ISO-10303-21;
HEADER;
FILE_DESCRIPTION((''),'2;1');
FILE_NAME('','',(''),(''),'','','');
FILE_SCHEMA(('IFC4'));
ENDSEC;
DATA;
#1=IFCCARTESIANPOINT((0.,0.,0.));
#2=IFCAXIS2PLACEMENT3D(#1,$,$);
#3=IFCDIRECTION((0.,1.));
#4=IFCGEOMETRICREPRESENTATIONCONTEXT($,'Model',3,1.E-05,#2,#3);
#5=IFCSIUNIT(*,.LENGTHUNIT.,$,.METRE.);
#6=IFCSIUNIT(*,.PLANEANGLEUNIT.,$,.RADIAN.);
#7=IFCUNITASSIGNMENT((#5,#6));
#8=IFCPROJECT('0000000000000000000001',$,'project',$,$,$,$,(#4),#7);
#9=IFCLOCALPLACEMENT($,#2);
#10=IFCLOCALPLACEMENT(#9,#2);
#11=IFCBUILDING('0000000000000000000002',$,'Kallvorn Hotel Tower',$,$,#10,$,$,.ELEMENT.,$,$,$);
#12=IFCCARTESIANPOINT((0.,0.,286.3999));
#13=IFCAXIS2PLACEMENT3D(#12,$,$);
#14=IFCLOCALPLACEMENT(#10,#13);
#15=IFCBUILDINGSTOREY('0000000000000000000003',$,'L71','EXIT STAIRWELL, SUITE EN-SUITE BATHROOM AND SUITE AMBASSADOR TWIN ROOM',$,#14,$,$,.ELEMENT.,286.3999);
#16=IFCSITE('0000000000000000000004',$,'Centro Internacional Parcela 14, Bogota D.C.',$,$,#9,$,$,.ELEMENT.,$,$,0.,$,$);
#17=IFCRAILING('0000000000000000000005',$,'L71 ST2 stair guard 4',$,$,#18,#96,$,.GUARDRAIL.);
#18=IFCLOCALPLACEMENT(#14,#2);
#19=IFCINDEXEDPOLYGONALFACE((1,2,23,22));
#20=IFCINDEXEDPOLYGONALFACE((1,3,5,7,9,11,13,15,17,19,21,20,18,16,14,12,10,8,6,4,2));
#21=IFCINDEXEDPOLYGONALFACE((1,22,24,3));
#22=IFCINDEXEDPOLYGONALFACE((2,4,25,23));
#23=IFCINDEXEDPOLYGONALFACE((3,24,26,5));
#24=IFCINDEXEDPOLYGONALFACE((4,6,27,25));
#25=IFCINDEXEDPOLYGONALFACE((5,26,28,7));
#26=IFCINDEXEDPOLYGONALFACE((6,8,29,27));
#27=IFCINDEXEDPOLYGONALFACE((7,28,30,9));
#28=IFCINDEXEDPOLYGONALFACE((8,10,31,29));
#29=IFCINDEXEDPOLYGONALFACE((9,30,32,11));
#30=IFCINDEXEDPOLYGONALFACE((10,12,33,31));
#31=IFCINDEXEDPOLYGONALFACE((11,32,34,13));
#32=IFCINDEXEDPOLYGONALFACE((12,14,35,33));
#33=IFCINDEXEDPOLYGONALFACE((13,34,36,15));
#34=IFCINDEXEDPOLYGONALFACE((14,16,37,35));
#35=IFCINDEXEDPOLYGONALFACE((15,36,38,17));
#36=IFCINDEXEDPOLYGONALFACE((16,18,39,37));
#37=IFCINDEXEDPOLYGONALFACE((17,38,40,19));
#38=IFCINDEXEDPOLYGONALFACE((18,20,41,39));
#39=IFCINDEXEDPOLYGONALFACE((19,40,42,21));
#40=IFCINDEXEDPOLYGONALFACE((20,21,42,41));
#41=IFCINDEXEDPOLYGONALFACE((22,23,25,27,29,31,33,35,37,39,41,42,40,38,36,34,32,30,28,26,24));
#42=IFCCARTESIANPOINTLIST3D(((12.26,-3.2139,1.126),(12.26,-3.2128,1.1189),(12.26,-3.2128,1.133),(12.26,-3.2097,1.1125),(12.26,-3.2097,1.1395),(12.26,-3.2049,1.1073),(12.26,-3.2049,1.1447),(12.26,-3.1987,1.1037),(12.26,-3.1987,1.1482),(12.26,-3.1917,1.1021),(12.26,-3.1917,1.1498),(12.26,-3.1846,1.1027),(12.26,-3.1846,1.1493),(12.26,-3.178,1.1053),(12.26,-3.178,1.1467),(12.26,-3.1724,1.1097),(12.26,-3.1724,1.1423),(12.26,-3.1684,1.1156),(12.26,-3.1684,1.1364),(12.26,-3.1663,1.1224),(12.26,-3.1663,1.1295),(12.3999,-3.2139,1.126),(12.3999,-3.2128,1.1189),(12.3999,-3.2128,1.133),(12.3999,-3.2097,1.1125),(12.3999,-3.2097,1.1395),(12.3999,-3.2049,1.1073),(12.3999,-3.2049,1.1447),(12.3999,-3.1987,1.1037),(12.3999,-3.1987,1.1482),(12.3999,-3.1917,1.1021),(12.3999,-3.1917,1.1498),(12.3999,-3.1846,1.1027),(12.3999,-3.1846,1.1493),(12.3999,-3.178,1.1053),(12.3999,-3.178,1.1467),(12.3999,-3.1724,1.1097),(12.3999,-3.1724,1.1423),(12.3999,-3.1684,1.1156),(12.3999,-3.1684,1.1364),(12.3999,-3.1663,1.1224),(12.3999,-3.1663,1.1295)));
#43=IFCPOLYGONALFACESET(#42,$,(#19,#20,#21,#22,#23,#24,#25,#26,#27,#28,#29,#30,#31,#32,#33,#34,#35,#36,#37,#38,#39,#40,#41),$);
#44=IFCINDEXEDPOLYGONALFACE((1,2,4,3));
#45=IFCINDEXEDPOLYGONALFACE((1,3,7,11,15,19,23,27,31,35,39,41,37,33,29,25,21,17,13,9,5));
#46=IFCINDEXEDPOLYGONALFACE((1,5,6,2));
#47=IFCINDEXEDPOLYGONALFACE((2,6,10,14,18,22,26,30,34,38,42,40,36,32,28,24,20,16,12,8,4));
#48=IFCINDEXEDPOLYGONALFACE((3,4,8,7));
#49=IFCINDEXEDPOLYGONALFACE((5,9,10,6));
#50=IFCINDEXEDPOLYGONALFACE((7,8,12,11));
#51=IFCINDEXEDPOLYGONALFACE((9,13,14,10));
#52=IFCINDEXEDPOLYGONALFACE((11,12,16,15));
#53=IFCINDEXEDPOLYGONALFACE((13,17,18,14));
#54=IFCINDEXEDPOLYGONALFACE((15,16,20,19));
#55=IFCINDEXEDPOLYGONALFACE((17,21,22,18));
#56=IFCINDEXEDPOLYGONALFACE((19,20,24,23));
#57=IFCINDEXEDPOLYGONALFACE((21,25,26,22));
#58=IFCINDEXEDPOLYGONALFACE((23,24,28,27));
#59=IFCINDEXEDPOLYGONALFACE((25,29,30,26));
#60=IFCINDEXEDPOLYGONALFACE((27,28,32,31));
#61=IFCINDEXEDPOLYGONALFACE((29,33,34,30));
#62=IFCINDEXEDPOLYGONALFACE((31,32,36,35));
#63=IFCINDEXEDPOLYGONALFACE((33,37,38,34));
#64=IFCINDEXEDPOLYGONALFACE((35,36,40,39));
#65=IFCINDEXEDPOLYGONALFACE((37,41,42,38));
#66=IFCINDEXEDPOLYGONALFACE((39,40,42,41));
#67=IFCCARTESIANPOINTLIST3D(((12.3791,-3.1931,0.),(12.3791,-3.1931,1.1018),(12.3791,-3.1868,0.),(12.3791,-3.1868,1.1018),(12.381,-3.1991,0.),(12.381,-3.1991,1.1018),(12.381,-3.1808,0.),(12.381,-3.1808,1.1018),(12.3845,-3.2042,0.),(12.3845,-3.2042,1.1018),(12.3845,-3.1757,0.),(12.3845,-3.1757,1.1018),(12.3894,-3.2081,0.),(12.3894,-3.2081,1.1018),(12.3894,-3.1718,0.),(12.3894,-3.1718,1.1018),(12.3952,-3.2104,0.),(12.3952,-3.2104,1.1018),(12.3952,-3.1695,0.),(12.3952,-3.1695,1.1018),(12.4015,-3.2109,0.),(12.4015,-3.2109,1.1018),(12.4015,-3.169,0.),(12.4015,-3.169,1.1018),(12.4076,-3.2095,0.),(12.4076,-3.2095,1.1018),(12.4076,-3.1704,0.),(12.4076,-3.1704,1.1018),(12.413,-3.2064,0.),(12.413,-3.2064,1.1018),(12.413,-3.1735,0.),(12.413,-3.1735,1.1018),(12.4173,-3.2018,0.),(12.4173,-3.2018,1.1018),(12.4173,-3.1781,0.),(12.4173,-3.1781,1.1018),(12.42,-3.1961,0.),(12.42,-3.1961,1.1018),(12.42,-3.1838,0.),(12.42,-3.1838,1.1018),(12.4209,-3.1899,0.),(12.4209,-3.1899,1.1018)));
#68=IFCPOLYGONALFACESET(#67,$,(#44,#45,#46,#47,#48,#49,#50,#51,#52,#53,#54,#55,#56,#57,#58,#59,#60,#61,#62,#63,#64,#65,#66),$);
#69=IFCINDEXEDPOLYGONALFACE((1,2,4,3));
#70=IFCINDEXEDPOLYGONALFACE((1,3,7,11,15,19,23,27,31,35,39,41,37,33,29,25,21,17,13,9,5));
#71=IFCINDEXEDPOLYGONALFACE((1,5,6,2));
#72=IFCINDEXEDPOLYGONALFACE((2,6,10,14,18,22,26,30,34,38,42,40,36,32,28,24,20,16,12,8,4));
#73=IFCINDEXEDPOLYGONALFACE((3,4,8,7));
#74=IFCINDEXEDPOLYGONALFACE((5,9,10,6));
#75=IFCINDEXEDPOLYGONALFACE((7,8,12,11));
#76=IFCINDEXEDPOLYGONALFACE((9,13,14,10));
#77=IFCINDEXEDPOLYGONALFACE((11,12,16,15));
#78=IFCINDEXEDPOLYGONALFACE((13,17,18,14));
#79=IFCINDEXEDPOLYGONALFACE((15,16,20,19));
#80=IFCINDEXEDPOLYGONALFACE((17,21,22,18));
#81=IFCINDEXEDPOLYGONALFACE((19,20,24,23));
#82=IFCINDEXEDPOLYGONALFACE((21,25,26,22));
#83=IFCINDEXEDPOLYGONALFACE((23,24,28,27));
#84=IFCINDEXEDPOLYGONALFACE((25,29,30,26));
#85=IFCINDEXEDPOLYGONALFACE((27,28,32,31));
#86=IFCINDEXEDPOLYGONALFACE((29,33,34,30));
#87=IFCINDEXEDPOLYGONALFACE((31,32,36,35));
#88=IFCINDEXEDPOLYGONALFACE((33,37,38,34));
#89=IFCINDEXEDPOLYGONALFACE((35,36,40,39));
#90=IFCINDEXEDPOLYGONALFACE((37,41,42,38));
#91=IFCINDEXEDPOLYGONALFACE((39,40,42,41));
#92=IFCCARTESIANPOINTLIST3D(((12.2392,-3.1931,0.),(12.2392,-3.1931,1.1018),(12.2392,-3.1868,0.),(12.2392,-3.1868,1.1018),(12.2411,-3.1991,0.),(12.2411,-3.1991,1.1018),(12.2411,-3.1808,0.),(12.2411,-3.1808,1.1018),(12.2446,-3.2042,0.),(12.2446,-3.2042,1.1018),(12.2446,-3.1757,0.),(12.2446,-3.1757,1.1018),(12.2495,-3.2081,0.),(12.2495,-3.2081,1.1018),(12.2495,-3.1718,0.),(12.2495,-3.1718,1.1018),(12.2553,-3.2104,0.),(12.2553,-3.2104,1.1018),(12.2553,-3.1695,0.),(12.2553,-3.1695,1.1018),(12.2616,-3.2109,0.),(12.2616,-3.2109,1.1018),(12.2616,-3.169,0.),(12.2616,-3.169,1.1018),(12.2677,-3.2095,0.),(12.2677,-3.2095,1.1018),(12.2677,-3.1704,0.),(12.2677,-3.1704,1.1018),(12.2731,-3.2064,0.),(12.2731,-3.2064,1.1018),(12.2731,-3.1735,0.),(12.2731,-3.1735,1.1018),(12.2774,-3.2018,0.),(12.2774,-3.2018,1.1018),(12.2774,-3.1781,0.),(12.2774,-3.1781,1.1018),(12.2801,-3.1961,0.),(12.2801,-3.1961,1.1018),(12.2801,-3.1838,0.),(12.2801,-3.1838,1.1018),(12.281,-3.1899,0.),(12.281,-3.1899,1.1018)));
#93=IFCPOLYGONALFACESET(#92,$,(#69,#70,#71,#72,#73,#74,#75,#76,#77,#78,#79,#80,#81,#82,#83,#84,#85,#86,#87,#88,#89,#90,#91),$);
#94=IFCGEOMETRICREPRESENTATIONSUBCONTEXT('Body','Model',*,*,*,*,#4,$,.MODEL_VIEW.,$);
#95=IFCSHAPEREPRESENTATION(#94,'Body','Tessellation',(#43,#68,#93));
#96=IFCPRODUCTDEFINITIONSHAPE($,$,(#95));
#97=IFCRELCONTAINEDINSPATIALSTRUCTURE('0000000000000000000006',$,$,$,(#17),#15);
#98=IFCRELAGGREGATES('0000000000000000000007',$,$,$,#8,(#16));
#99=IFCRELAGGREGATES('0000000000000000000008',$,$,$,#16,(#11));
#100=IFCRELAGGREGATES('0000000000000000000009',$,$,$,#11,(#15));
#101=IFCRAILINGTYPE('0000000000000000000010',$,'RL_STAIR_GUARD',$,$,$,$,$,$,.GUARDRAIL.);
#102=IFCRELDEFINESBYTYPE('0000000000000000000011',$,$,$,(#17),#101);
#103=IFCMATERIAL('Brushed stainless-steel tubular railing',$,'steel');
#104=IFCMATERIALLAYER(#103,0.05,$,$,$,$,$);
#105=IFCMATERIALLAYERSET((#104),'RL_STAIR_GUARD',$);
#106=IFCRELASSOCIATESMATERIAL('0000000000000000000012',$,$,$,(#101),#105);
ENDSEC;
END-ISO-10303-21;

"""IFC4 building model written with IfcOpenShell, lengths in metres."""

from ifc_helpers import new_model, si_unit, direction, frame, origin, origin_2d, place, context, subcontext, project, spatial, circle, extrude, material, layer, layer_set, type_object, element, save


model = new_model("IFC4")

# Units and contexts
model_context = context("Model", 3, precision=1e-05, world=origin(), true_north=direction((0.0, 1.0)))
body_context = subcontext(model_context, "Body", "Model", "MODEL_VIEW")
ifc_project = project(units=[si_unit("LENGTHUNIT", "METRE"), si_unit("PLANEANGLEUNIT", "RADIAN")], contexts=[model_context])

# Site, building, storey
site_placement = place(None, origin())
site = spatial("IfcSite", under=ifc_project, at=site_placement, Name="Centro Internacional Parcela 14, Bogota D.C.", CompositionType="ELEMENT", RefElevation=0.0)
building_placement = place(site_placement, origin())
building = spatial("IfcBuilding", under=site, at=building_placement, Name="Kallvorn Hotel Tower", CompositionType="ELEMENT")
storey_placement = place(building_placement, frame((0.0, 0.0, 286.3999)))
storey = spatial("IfcBuildingStorey", under=building, at=storey_placement, Name="L71", Description="EXIT STAIRWELL, SUITE EN-SUITE BATHROOM AND SUITE AMBASSADOR TWIN ROOM", CompositionType="ELEMENT", Elevation=286.3999)

# Railing
ifc_material_1 = material(Name="Brushed stainless-steel tubular railing", Category="steel")
ifc_layer_1 = layer(ifc_material_1, 0.05)
ifc_layer_set_1 = layer_set([ifc_layer_1], Name="RL_STAIR_GUARD")
railing_type_1 = type_object("IfcRailingType", Name="RL_STAIR_GUARD", PredefinedType="GUARDRAIL", material=ifc_layer_set_1)
railing_1_placement = place(storey_placement, frame((12.3999, -3.1899, 0.0)))
element("IfcRailing", 1, at=railing_1_placement, inside=storey, type_object=railing_type_1, Name="L71 ST2 stair guard 4", PredefinedType="GUARDRAIL", context=body_context, shape_type="SweptSolid", body=[
    extrude(circle(Radius=0.0239, at=origin_2d()), frame((0.0, 0.0, 1.126), z_axis=(-1.0, 0.0, 0.0), x_axis=(0.0, -1.0, 0.0)), (0.0, 0.0, 1.0), 0.1399),
    extrude(circle(Radius=0.021, at=origin_2d()), origin(), (0.0, 0.0, 1.0), 1.1018),
    extrude(circle(Radius=0.021, at=origin_2d()), frame((-0.1399, 0.0, 0.0)), (0.0, 0.0, 1.0), 1.1018),
])

save(model, "model.ifc")
